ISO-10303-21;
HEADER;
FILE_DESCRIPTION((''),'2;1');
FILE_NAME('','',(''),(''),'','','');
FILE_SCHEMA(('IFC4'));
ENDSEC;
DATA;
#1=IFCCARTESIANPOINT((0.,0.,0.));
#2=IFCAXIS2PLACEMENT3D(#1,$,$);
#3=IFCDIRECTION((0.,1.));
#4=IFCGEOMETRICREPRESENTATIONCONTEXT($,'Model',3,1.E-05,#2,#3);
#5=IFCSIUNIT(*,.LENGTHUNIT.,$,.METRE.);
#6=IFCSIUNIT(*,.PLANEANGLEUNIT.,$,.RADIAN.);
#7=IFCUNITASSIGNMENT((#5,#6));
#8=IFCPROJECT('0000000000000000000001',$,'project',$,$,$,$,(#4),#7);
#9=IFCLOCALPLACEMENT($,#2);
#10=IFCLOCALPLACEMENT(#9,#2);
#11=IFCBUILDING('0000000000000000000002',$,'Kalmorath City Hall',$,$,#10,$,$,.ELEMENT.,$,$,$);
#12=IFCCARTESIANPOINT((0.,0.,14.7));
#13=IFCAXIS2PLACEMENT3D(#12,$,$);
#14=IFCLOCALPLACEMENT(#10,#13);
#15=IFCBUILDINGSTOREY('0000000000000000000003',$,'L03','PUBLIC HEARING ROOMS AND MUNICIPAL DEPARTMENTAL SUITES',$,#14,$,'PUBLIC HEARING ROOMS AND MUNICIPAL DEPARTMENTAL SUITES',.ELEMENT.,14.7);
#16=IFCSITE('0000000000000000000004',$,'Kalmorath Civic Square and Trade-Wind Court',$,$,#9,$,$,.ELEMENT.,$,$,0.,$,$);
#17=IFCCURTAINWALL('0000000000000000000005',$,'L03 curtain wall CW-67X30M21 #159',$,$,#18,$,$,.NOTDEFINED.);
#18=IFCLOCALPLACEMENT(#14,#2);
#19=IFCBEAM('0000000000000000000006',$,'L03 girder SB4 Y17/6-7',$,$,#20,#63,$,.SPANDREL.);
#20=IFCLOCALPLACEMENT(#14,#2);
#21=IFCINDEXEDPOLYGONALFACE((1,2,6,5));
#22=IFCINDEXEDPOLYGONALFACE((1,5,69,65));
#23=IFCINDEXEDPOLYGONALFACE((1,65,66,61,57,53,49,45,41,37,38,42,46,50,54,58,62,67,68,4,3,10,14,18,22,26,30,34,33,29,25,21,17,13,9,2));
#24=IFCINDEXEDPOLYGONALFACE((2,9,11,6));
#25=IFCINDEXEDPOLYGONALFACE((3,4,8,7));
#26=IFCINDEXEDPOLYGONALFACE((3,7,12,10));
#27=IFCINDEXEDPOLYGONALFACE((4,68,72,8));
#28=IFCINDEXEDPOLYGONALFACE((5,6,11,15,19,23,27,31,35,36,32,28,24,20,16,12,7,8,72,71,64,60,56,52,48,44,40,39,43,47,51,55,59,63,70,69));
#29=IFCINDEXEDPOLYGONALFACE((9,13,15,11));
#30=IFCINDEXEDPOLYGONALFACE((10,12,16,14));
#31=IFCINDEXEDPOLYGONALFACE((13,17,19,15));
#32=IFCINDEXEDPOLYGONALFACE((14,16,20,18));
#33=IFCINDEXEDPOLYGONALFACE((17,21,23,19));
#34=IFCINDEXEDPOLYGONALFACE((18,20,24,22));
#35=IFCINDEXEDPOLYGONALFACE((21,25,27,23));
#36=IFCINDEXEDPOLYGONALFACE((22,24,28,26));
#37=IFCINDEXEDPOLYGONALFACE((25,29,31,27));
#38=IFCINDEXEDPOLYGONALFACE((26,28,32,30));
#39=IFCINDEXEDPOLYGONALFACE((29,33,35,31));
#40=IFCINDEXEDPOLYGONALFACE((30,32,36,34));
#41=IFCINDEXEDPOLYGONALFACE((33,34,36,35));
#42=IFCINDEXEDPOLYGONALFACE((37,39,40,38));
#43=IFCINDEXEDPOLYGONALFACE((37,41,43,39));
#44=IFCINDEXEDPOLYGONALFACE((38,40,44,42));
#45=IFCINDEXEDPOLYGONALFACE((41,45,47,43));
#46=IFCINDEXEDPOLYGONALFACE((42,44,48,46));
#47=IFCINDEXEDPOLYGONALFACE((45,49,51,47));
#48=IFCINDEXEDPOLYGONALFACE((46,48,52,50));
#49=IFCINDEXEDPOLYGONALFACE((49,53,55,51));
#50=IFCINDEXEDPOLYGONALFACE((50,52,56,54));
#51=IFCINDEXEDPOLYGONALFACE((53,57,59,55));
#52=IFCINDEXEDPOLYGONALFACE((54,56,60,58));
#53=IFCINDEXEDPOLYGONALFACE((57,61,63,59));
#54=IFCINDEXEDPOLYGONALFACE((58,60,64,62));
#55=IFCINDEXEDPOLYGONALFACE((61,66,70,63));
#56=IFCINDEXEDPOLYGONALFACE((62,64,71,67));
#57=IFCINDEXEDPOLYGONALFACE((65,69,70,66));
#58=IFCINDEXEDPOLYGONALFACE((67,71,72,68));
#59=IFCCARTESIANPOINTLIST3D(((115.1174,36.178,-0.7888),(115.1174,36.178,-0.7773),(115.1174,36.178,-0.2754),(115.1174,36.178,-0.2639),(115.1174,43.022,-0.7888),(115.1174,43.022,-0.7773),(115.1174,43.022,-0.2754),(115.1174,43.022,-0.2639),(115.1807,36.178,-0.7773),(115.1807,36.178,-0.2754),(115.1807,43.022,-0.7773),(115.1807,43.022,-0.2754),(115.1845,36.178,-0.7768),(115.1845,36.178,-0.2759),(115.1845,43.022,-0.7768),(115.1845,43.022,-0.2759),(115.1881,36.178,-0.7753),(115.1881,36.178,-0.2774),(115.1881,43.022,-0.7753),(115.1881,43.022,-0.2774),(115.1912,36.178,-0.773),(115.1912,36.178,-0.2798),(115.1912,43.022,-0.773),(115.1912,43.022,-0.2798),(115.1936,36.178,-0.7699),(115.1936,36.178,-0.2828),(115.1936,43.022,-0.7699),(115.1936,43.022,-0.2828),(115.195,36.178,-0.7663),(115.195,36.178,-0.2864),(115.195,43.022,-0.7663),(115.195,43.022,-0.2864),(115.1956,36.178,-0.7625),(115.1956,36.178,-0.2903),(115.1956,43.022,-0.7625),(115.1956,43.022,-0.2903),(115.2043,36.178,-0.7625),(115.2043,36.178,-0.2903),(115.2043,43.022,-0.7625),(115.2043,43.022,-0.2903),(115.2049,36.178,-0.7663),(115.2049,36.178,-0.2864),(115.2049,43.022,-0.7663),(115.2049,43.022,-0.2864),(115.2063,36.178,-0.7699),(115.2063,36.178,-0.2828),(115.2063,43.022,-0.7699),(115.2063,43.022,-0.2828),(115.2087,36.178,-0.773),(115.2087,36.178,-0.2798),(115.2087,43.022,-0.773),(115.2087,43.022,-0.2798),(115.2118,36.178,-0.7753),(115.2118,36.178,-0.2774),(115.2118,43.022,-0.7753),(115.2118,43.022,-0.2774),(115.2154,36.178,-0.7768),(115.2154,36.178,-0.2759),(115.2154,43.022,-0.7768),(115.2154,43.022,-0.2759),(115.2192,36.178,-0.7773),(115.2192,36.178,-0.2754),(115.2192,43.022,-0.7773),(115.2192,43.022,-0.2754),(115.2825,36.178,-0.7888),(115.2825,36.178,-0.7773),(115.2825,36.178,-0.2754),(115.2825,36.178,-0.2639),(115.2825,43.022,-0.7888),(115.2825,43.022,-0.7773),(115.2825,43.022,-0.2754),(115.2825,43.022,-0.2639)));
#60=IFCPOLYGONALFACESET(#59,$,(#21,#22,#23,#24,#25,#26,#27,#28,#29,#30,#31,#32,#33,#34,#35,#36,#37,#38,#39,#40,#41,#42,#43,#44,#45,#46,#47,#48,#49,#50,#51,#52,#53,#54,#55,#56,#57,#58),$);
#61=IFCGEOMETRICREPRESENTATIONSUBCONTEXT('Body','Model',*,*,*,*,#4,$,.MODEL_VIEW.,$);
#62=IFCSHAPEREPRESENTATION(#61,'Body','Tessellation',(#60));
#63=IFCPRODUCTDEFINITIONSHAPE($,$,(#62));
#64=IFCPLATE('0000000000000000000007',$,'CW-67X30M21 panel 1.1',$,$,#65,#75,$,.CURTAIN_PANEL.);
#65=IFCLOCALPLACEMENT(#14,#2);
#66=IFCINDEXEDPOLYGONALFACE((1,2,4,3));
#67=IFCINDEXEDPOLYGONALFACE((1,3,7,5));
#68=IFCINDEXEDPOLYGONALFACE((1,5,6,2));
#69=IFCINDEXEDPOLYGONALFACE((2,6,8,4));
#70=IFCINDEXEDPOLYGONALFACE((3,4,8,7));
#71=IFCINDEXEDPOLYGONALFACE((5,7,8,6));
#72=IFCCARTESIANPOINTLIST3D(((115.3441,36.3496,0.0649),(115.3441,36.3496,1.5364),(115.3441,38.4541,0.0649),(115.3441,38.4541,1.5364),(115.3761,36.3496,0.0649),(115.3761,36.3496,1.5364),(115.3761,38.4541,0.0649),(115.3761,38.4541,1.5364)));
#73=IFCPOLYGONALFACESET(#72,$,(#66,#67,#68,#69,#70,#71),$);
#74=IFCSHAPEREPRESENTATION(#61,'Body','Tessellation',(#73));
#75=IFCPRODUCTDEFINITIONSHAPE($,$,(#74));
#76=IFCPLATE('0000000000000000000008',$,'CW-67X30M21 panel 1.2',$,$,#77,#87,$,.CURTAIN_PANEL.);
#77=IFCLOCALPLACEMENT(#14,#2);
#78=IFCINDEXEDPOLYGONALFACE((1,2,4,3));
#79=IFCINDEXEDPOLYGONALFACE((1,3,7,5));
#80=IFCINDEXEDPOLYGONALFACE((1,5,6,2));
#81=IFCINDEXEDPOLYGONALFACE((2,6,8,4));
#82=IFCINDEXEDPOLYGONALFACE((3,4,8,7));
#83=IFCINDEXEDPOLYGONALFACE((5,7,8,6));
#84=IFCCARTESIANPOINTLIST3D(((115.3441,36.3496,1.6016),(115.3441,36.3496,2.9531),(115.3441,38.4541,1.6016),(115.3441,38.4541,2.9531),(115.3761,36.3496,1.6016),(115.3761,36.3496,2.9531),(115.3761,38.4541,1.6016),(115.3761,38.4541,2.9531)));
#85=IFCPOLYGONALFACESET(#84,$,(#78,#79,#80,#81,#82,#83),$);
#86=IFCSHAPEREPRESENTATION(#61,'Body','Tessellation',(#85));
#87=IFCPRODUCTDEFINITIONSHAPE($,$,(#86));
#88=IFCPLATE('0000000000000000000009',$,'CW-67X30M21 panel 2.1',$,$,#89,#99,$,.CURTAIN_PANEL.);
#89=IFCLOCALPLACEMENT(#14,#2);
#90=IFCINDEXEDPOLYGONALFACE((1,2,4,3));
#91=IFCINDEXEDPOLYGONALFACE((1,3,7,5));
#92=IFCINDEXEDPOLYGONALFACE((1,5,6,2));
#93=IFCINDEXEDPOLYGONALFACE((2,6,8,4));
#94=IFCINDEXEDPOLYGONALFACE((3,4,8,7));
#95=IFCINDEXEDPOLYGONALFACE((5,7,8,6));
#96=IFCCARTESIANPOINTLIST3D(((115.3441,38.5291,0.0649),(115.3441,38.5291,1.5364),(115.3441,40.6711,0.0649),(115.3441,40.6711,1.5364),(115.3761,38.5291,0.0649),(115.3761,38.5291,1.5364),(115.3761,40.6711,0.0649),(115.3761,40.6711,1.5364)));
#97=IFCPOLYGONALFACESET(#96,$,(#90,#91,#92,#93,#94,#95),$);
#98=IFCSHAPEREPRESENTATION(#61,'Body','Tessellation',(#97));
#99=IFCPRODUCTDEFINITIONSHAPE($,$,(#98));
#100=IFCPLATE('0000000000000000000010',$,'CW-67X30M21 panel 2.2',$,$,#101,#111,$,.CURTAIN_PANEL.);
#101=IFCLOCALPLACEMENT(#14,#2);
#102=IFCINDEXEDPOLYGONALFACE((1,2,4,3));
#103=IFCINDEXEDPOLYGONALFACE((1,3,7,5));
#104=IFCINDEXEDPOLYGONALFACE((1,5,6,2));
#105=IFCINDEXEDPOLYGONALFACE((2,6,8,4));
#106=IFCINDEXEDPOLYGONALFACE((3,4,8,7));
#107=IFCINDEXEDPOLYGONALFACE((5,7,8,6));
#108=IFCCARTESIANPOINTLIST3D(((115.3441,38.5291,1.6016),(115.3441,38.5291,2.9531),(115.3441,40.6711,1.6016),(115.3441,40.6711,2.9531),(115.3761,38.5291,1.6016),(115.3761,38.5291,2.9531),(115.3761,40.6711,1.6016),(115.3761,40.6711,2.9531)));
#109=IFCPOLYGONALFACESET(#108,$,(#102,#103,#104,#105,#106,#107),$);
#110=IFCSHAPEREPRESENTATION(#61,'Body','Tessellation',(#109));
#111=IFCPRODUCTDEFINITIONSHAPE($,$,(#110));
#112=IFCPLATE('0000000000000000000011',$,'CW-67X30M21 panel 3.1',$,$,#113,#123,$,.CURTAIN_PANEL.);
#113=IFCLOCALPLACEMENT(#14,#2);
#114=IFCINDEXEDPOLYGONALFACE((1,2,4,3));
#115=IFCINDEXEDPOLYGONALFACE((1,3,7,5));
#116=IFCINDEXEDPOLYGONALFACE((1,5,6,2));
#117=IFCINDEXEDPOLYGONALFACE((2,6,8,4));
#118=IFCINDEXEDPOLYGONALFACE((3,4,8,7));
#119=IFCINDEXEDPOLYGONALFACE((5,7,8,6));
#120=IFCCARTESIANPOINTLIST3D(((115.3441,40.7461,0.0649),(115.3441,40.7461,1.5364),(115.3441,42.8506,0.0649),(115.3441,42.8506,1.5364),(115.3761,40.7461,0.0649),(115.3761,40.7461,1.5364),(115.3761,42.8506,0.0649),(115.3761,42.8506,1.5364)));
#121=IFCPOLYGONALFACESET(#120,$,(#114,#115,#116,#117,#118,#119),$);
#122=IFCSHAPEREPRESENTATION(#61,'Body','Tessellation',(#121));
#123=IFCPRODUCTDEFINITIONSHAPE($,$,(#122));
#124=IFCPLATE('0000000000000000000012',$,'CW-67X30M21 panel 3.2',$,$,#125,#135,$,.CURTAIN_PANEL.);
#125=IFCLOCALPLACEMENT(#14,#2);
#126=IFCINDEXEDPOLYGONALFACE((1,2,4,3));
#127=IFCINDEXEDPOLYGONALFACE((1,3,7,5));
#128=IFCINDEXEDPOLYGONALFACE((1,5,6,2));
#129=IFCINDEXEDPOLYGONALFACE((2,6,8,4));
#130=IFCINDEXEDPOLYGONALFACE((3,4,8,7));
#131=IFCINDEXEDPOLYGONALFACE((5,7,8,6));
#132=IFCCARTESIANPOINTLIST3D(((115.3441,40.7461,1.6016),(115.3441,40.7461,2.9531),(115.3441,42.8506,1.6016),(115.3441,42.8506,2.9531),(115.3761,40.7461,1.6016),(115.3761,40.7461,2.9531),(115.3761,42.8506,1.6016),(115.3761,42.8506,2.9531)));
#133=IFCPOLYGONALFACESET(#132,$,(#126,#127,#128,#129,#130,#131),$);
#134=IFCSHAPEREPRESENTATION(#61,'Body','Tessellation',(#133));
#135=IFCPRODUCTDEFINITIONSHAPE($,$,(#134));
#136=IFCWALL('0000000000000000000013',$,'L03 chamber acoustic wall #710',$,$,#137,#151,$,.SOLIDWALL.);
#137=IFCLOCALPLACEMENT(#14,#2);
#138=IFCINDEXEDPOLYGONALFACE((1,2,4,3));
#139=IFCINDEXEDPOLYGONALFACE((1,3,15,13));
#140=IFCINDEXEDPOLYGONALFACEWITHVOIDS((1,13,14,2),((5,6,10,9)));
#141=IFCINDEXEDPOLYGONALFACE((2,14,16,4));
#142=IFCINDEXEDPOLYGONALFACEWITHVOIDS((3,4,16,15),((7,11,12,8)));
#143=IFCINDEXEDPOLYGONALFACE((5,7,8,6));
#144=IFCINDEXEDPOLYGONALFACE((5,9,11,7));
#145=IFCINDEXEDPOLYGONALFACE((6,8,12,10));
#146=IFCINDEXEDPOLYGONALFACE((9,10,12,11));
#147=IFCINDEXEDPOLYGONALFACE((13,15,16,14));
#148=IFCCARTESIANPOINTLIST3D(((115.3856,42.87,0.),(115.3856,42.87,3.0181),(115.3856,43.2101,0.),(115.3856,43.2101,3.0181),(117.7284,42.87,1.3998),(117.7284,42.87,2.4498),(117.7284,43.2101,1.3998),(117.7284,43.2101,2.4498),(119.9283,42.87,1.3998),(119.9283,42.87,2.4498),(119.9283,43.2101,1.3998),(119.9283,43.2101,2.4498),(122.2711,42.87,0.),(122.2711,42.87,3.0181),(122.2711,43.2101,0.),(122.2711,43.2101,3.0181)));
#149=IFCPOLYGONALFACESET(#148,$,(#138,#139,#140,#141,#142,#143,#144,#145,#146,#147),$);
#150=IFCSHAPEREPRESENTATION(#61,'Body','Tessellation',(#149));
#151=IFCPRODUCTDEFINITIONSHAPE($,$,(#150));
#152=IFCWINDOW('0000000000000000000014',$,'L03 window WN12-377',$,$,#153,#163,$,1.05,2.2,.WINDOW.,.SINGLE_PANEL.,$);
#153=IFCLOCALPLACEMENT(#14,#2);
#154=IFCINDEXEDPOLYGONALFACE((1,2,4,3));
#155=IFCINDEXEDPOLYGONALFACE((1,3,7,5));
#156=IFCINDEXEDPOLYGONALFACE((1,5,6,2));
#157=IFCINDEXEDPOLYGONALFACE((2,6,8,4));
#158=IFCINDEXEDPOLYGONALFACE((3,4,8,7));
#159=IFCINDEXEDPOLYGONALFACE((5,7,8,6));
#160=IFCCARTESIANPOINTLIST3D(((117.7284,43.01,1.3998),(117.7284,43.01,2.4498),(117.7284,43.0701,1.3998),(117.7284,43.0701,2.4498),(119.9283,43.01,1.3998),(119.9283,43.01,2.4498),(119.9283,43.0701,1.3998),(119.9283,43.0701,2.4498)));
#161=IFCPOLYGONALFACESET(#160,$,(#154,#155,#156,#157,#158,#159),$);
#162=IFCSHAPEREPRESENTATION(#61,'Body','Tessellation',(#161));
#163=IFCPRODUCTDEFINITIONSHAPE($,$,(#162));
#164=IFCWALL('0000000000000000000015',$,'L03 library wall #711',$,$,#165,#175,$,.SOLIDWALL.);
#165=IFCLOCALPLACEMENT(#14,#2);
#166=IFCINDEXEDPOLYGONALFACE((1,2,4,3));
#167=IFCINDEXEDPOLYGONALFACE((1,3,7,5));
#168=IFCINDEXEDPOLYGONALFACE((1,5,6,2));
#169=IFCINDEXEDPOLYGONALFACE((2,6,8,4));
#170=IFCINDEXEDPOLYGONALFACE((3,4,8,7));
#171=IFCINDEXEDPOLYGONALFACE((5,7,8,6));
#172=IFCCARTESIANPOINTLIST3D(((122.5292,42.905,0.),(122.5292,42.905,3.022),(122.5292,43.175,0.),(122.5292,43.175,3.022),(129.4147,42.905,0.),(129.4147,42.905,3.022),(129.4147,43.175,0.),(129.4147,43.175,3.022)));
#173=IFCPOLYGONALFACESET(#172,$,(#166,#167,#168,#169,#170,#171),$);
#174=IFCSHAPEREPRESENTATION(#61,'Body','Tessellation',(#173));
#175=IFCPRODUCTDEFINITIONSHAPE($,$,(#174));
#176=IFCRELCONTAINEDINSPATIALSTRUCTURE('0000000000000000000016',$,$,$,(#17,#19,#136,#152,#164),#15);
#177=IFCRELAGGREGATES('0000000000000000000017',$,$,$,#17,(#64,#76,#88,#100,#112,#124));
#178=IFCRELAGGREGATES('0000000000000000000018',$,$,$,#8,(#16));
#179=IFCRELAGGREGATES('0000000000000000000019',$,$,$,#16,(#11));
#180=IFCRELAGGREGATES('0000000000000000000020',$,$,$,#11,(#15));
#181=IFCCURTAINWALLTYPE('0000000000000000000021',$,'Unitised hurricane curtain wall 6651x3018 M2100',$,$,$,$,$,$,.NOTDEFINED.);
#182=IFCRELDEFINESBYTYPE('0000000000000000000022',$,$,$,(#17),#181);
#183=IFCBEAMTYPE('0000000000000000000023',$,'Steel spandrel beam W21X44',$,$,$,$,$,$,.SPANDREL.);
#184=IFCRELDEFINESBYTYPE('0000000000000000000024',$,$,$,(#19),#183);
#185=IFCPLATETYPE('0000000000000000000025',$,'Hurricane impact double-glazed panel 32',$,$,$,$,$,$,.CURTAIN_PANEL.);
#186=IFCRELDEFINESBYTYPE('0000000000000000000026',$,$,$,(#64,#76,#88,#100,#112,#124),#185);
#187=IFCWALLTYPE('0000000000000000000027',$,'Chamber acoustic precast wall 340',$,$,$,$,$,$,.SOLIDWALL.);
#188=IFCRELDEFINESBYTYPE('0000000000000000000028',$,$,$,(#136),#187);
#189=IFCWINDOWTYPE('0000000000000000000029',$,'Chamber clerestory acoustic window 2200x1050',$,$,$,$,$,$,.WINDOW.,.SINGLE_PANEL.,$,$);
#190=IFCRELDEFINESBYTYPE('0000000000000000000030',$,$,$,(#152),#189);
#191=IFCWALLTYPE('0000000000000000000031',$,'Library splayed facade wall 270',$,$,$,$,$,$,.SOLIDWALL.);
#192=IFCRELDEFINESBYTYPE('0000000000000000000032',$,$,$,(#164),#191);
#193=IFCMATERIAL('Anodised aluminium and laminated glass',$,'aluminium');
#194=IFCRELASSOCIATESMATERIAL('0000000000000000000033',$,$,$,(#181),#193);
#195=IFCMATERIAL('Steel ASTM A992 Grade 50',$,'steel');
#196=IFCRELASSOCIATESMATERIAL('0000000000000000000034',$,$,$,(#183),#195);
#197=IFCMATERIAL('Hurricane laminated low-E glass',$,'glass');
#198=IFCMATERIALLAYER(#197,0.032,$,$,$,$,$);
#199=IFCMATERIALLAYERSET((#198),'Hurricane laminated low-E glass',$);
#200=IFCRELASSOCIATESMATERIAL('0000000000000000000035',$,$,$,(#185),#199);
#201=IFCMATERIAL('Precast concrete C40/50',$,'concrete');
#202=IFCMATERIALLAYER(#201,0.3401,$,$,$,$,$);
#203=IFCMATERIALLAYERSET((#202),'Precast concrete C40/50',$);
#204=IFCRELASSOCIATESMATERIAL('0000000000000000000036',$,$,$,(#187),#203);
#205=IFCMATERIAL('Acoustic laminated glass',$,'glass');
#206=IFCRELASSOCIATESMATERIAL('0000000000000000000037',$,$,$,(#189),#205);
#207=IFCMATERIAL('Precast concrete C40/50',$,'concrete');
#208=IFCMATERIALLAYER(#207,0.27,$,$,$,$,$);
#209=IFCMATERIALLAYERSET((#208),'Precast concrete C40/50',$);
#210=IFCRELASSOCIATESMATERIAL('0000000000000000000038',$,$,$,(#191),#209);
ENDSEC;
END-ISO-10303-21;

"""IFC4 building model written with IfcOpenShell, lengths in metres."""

from ifc_helpers import new_model, si_unit, direction, frame, frame_2d, origin, origin_2d, place, context, subcontext, project, spatial, rectangle, i_section, extrude, material, layer, layer_set, material_profile, profile_set, type_object, element, fill, aggregate, save


model = new_model("IFC4")

# Units and contexts
model_context = context("Model", 3, precision=1e-05, world=origin(), true_north=direction((0.0, 1.0)))
body_context = subcontext(model_context, "Body", "Model", "MODEL_VIEW")
ifc_project = project(units=[si_unit("LENGTHUNIT", "METRE"), si_unit("PLANEANGLEUNIT", "RADIAN")], contexts=[model_context])

# Site, building, storey
site_placement = place(None, origin())
site = spatial("IfcSite", under=ifc_project, at=site_placement, Name="Kalmorath Civic Square and Trade-Wind Court", CompositionType="ELEMENT", RefElevation=0.0)
building_placement = place(site_placement, origin())
building = spatial("IfcBuilding", under=site, at=building_placement, Name="Kalmorath City Hall", CompositionType="ELEMENT")
storey_placement = place(building_placement, frame((0.0, 0.0, 14.7)))
storey = spatial("IfcBuildingStorey", under=building, at=storey_placement, Name="L03", Description="PUBLIC HEARING ROOMS AND MUNICIPAL DEPARTMENTAL SUITES", LongName="PUBLIC HEARING ROOMS AND MUNICIPAL DEPARTMENTAL SUITES", CompositionType="ELEMENT", Elevation=14.7)

# Curtain wall
ifc_material_1 = material(Name="Anodised aluminium and laminated glass", Category="aluminium")
curtain_wall_type = type_object("IfcCurtainWallType", Name="Unitised hurricane curtain wall 6651x3018 M2100", PredefinedType="NOTDEFINED", material=ifc_material_1)
curtain_wall_placement = place(storey_placement, origin())
curtain_wall = element("IfcCurtainWall", 1, at=curtain_wall_placement, inside=storey, type_object=curtain_wall_type, Name="L03 curtain wall CW-67X30M21 #159", PredefinedType="NOTDEFINED")

# Beam
ifc_material_2 = material(Name="Steel ASTM A992 Grade 50", Category="steel")
ifc_material_profile_1 = material_profile(ifc_material_2, i_section(OverallWidth=0.165, OverallDepth=0.5249, WebThickness=0.0088, FlangeThickness=0.0115, FilletRadius=0.0149, at=origin_2d()), Name="W21X44")
ifc_profile_set_1 = profile_set([ifc_material_profile_1], Name="Steel ASTM A992 Grade 50")
beam_type_1 = type_object("IfcBeamType", Name="Steel spandrel beam W21X44", PredefinedType="SPANDREL", material=ifc_profile_set_1)
beam_1_placement = place(storey_placement, frame((115.2, 36.178, -0.5264), z_axis=(0.0, 1.0, 0.0), x_axis=(-1.0, 0.0, 0.0)))
element("IfcBeam", 2, at=beam_1_placement, inside=storey, type_object=beam_type_1, Name="L03 girder SB4 Y17/6-7", PredefinedType="SPANDREL", context=body_context, shape_type="SweptSolid", body=[
    extrude(i_section(OverallWidth=0.165, OverallDepth=0.5249, WebThickness=0.0088, FlangeThickness=0.0115, FilletRadius=0.0149, at=origin_2d()), origin(), (0.0, 0.0, 1.0), 6.844),
])

# Plates
ifc_material_3 = material(Name="Hurricane laminated low-E glass", Category="glass")
ifc_layer_1 = layer(ifc_material_3, 0.032)
ifc_layer_set_1 = layer_set([ifc_layer_1], Name="Hurricane laminated low-E glass")
plate_type = type_object("IfcPlateType", Name="Hurricane impact double-glazed panel 32", PredefinedType="CURTAIN_PANEL", material=ifc_layer_set_1)
plate_1_placement = place(storey_placement, frame((115.3601, 37.4019, 0.0649), z_axis=(0.0, 0.0, 1.0), x_axis=(0.0, 1.0, 0.0)))
plate_1 = element("IfcPlate", 3, at=plate_1_placement, type_object=plate_type, Name="CW-67X30M21 panel 1.1", PredefinedType="CURTAIN_PANEL", context=body_context, shape_type="SweptSolid", body=[
    extrude(rectangle(XDim=2.1045, YDim=0.032, at=origin_2d()), origin(), (0.0, 0.0, 1.0), 1.4714),
])
plate_2_placement = place(storey_placement, frame((115.3601, 37.4019, 1.6016), z_axis=(0.0, 0.0, 1.0), x_axis=(0.0, 1.0, 0.0)))
plate_2 = element("IfcPlate", 4, at=plate_2_placement, type_object=plate_type, Name="CW-67X30M21 panel 1.2", PredefinedType="CURTAIN_PANEL", context=body_context, shape_type="SweptSolid", body=[
    extrude(rectangle(XDim=2.1045, YDim=0.032, at=origin_2d()), origin(), (0.0, 0.0, 1.0), 1.3516),
])
plate_3_placement = place(storey_placement, frame((115.3601, 39.6001, 0.0649), z_axis=(0.0, 0.0, 1.0), x_axis=(0.0, 1.0, 0.0)))
plate_3 = element("IfcPlate", 5, at=plate_3_placement, type_object=plate_type, Name="CW-67X30M21 panel 2.1", PredefinedType="CURTAIN_PANEL", context=body_context, shape_type="SweptSolid", body=[
    extrude(rectangle(XDim=2.1421, YDim=0.032, at=origin_2d()), origin(), (0.0, 0.0, 1.0), 1.4714),
])
plate_4_placement = place(storey_placement, frame((115.3601, 39.6001, 1.6016), z_axis=(0.0, 0.0, 1.0), x_axis=(0.0, 1.0, 0.0)))
plate_4 = element("IfcPlate", 6, at=plate_4_placement, type_object=plate_type, Name="CW-67X30M21 panel 2.2", PredefinedType="CURTAIN_PANEL", context=body_context, shape_type="SweptSolid", body=[
    extrude(rectangle(XDim=2.1421, YDim=0.032, at=origin_2d()), origin(), (0.0, 0.0, 1.0), 1.3516),
])
plate_5_placement = place(storey_placement, frame((115.3601, 41.7983, 0.0649), z_axis=(0.0, 0.0, 1.0), x_axis=(0.0, 1.0, 0.0)))
plate_5 = element("IfcPlate", 7, at=plate_5_placement, type_object=plate_type, Name="CW-67X30M21 panel 3.1", PredefinedType="CURTAIN_PANEL", context=body_context, shape_type="SweptSolid", body=[
    extrude(rectangle(XDim=2.1045, YDim=0.032, at=origin_2d()), origin(), (0.0, 0.0, 1.0), 1.4714),
])
plate_6_placement = place(storey_placement, frame((115.3601, 41.7983, 1.6016), z_axis=(0.0, 0.0, 1.0), x_axis=(0.0, 1.0, 0.0)))
plate_6 = element("IfcPlate", 8, at=plate_6_placement, type_object=plate_type, Name="CW-67X30M21 panel 3.2", PredefinedType="CURTAIN_PANEL", context=body_context, shape_type="SweptSolid", body=[
    extrude(rectangle(XDim=2.1045, YDim=0.032, at=origin_2d()), origin(), (0.0, 0.0, 1.0), 1.3516),
])
aggregate(curtain_wall, [plate_1, plate_2, plate_3, plate_4, plate_5, plate_6])

# Wall, opening, window
ifc_material_4 = material(Name="Precast concrete C40/50", Category="concrete")
ifc_layer_2 = layer(ifc_material_4, 0.3401)
ifc_layer_set_2 = layer_set([ifc_layer_2], Name="Precast concrete C40/50")
wall_type_1 = type_object("IfcWallType", Name="Chamber acoustic precast wall 340", PredefinedType="SOLIDWALL", material=ifc_layer_set_2)
wall_1_placement = place(storey_placement, frame((115.3855, 43.04, 0.0), z_axis=(0.0, 0.0, 1.0), x_axis=(1.0, 0.0, 0.0)))
wall_1 = element("IfcWall", 9, at=wall_1_placement, inside=storey, type_object=wall_type_1, Name="L03 chamber acoustic wall #710", PredefinedType="SOLIDWALL", context=body_context, shape_type="SweptSolid", body=[
    extrude(rectangle(XDim=6.8855, YDim=0.3401, at=frame_2d((3.4429, 0.0))), origin(), (0.0, 0.0, 1.0), 3.0181),
])
opening_1_placement = place(wall_1_placement, frame((2.3428, 0.0, 1.3999)))
opening_1 = element("IfcOpeningElement", 10, at=opening_1_placement, cuts=wall_1, PredefinedType="OPENING", context=body_context, shape_type="SweptSolid", body=[
    extrude(rectangle(XDim=2.2, YDim=1.05, at=frame_2d((1.1001, 0.5249))), frame((0.0, 0.1799, 0.0), z_axis=(0.0, -1.0, 0.0), x_axis=(1.0, 0.0, 0.0)), (0.0, 0.0, 1.0), 0.3601),
])
ifc_material_5 = material(Name="Acoustic laminated glass", Category="glass")
window_type = type_object("IfcWindowType", Name="Chamber clerestory acoustic window 2200x1050", PartitioningType="SINGLE_PANEL", PredefinedType="WINDOW", material=ifc_material_5)
window_placement = place(opening_1_placement, origin())
window = element("IfcWindow", 11, at=window_placement, inside=storey, type_object=window_type, Name="L03 window WN12-377", OverallHeight=1.05, OverallWidth=2.2, PartitioningType="SINGLE_PANEL", PredefinedType="WINDOW", context=body_context, shape_type="SweptSolid", body=[
    extrude(rectangle(XDim=2.2, YDim=1.05, at=frame_2d((1.1001, 0.5249))), frame((0.0, 0.03, 0.0), z_axis=(0.0, -1.0, 0.0), x_axis=(1.0, 0.0, 0.0)), (0.0, 0.0, 1.0), 0.0601),
])
fill(opening_1, window)

# Wall
ifc_material_6 = material(Name="Precast concrete C40/50", Category="concrete")
ifc_layer_3 = layer(ifc_material_6, 0.27)
ifc_layer_set_3 = layer_set([ifc_layer_3], Name="Precast concrete C40/50")
wall_type_2 = type_object("IfcWallType", Name="Library splayed facade wall 270", PredefinedType="SOLIDWALL", material=ifc_layer_set_3)
wall_2_placement = place(storey_placement, frame((122.5291, 43.04, 0.0), z_axis=(0.0, 0.0, 1.0), x_axis=(1.0, 0.0, 0.0)))
element("IfcWall", 12, at=wall_2_placement, inside=storey, type_object=wall_type_2, Name="L03 library wall #711", PredefinedType="SOLIDWALL", context=body_context, shape_type="SweptSolid", body=[
    extrude(rectangle(XDim=6.8855, YDim=0.27, at=frame_2d((3.4429, 0.0))), origin(), (0.0, 0.0, 1.0), 3.022),
])

save(model, "model.ifc")
